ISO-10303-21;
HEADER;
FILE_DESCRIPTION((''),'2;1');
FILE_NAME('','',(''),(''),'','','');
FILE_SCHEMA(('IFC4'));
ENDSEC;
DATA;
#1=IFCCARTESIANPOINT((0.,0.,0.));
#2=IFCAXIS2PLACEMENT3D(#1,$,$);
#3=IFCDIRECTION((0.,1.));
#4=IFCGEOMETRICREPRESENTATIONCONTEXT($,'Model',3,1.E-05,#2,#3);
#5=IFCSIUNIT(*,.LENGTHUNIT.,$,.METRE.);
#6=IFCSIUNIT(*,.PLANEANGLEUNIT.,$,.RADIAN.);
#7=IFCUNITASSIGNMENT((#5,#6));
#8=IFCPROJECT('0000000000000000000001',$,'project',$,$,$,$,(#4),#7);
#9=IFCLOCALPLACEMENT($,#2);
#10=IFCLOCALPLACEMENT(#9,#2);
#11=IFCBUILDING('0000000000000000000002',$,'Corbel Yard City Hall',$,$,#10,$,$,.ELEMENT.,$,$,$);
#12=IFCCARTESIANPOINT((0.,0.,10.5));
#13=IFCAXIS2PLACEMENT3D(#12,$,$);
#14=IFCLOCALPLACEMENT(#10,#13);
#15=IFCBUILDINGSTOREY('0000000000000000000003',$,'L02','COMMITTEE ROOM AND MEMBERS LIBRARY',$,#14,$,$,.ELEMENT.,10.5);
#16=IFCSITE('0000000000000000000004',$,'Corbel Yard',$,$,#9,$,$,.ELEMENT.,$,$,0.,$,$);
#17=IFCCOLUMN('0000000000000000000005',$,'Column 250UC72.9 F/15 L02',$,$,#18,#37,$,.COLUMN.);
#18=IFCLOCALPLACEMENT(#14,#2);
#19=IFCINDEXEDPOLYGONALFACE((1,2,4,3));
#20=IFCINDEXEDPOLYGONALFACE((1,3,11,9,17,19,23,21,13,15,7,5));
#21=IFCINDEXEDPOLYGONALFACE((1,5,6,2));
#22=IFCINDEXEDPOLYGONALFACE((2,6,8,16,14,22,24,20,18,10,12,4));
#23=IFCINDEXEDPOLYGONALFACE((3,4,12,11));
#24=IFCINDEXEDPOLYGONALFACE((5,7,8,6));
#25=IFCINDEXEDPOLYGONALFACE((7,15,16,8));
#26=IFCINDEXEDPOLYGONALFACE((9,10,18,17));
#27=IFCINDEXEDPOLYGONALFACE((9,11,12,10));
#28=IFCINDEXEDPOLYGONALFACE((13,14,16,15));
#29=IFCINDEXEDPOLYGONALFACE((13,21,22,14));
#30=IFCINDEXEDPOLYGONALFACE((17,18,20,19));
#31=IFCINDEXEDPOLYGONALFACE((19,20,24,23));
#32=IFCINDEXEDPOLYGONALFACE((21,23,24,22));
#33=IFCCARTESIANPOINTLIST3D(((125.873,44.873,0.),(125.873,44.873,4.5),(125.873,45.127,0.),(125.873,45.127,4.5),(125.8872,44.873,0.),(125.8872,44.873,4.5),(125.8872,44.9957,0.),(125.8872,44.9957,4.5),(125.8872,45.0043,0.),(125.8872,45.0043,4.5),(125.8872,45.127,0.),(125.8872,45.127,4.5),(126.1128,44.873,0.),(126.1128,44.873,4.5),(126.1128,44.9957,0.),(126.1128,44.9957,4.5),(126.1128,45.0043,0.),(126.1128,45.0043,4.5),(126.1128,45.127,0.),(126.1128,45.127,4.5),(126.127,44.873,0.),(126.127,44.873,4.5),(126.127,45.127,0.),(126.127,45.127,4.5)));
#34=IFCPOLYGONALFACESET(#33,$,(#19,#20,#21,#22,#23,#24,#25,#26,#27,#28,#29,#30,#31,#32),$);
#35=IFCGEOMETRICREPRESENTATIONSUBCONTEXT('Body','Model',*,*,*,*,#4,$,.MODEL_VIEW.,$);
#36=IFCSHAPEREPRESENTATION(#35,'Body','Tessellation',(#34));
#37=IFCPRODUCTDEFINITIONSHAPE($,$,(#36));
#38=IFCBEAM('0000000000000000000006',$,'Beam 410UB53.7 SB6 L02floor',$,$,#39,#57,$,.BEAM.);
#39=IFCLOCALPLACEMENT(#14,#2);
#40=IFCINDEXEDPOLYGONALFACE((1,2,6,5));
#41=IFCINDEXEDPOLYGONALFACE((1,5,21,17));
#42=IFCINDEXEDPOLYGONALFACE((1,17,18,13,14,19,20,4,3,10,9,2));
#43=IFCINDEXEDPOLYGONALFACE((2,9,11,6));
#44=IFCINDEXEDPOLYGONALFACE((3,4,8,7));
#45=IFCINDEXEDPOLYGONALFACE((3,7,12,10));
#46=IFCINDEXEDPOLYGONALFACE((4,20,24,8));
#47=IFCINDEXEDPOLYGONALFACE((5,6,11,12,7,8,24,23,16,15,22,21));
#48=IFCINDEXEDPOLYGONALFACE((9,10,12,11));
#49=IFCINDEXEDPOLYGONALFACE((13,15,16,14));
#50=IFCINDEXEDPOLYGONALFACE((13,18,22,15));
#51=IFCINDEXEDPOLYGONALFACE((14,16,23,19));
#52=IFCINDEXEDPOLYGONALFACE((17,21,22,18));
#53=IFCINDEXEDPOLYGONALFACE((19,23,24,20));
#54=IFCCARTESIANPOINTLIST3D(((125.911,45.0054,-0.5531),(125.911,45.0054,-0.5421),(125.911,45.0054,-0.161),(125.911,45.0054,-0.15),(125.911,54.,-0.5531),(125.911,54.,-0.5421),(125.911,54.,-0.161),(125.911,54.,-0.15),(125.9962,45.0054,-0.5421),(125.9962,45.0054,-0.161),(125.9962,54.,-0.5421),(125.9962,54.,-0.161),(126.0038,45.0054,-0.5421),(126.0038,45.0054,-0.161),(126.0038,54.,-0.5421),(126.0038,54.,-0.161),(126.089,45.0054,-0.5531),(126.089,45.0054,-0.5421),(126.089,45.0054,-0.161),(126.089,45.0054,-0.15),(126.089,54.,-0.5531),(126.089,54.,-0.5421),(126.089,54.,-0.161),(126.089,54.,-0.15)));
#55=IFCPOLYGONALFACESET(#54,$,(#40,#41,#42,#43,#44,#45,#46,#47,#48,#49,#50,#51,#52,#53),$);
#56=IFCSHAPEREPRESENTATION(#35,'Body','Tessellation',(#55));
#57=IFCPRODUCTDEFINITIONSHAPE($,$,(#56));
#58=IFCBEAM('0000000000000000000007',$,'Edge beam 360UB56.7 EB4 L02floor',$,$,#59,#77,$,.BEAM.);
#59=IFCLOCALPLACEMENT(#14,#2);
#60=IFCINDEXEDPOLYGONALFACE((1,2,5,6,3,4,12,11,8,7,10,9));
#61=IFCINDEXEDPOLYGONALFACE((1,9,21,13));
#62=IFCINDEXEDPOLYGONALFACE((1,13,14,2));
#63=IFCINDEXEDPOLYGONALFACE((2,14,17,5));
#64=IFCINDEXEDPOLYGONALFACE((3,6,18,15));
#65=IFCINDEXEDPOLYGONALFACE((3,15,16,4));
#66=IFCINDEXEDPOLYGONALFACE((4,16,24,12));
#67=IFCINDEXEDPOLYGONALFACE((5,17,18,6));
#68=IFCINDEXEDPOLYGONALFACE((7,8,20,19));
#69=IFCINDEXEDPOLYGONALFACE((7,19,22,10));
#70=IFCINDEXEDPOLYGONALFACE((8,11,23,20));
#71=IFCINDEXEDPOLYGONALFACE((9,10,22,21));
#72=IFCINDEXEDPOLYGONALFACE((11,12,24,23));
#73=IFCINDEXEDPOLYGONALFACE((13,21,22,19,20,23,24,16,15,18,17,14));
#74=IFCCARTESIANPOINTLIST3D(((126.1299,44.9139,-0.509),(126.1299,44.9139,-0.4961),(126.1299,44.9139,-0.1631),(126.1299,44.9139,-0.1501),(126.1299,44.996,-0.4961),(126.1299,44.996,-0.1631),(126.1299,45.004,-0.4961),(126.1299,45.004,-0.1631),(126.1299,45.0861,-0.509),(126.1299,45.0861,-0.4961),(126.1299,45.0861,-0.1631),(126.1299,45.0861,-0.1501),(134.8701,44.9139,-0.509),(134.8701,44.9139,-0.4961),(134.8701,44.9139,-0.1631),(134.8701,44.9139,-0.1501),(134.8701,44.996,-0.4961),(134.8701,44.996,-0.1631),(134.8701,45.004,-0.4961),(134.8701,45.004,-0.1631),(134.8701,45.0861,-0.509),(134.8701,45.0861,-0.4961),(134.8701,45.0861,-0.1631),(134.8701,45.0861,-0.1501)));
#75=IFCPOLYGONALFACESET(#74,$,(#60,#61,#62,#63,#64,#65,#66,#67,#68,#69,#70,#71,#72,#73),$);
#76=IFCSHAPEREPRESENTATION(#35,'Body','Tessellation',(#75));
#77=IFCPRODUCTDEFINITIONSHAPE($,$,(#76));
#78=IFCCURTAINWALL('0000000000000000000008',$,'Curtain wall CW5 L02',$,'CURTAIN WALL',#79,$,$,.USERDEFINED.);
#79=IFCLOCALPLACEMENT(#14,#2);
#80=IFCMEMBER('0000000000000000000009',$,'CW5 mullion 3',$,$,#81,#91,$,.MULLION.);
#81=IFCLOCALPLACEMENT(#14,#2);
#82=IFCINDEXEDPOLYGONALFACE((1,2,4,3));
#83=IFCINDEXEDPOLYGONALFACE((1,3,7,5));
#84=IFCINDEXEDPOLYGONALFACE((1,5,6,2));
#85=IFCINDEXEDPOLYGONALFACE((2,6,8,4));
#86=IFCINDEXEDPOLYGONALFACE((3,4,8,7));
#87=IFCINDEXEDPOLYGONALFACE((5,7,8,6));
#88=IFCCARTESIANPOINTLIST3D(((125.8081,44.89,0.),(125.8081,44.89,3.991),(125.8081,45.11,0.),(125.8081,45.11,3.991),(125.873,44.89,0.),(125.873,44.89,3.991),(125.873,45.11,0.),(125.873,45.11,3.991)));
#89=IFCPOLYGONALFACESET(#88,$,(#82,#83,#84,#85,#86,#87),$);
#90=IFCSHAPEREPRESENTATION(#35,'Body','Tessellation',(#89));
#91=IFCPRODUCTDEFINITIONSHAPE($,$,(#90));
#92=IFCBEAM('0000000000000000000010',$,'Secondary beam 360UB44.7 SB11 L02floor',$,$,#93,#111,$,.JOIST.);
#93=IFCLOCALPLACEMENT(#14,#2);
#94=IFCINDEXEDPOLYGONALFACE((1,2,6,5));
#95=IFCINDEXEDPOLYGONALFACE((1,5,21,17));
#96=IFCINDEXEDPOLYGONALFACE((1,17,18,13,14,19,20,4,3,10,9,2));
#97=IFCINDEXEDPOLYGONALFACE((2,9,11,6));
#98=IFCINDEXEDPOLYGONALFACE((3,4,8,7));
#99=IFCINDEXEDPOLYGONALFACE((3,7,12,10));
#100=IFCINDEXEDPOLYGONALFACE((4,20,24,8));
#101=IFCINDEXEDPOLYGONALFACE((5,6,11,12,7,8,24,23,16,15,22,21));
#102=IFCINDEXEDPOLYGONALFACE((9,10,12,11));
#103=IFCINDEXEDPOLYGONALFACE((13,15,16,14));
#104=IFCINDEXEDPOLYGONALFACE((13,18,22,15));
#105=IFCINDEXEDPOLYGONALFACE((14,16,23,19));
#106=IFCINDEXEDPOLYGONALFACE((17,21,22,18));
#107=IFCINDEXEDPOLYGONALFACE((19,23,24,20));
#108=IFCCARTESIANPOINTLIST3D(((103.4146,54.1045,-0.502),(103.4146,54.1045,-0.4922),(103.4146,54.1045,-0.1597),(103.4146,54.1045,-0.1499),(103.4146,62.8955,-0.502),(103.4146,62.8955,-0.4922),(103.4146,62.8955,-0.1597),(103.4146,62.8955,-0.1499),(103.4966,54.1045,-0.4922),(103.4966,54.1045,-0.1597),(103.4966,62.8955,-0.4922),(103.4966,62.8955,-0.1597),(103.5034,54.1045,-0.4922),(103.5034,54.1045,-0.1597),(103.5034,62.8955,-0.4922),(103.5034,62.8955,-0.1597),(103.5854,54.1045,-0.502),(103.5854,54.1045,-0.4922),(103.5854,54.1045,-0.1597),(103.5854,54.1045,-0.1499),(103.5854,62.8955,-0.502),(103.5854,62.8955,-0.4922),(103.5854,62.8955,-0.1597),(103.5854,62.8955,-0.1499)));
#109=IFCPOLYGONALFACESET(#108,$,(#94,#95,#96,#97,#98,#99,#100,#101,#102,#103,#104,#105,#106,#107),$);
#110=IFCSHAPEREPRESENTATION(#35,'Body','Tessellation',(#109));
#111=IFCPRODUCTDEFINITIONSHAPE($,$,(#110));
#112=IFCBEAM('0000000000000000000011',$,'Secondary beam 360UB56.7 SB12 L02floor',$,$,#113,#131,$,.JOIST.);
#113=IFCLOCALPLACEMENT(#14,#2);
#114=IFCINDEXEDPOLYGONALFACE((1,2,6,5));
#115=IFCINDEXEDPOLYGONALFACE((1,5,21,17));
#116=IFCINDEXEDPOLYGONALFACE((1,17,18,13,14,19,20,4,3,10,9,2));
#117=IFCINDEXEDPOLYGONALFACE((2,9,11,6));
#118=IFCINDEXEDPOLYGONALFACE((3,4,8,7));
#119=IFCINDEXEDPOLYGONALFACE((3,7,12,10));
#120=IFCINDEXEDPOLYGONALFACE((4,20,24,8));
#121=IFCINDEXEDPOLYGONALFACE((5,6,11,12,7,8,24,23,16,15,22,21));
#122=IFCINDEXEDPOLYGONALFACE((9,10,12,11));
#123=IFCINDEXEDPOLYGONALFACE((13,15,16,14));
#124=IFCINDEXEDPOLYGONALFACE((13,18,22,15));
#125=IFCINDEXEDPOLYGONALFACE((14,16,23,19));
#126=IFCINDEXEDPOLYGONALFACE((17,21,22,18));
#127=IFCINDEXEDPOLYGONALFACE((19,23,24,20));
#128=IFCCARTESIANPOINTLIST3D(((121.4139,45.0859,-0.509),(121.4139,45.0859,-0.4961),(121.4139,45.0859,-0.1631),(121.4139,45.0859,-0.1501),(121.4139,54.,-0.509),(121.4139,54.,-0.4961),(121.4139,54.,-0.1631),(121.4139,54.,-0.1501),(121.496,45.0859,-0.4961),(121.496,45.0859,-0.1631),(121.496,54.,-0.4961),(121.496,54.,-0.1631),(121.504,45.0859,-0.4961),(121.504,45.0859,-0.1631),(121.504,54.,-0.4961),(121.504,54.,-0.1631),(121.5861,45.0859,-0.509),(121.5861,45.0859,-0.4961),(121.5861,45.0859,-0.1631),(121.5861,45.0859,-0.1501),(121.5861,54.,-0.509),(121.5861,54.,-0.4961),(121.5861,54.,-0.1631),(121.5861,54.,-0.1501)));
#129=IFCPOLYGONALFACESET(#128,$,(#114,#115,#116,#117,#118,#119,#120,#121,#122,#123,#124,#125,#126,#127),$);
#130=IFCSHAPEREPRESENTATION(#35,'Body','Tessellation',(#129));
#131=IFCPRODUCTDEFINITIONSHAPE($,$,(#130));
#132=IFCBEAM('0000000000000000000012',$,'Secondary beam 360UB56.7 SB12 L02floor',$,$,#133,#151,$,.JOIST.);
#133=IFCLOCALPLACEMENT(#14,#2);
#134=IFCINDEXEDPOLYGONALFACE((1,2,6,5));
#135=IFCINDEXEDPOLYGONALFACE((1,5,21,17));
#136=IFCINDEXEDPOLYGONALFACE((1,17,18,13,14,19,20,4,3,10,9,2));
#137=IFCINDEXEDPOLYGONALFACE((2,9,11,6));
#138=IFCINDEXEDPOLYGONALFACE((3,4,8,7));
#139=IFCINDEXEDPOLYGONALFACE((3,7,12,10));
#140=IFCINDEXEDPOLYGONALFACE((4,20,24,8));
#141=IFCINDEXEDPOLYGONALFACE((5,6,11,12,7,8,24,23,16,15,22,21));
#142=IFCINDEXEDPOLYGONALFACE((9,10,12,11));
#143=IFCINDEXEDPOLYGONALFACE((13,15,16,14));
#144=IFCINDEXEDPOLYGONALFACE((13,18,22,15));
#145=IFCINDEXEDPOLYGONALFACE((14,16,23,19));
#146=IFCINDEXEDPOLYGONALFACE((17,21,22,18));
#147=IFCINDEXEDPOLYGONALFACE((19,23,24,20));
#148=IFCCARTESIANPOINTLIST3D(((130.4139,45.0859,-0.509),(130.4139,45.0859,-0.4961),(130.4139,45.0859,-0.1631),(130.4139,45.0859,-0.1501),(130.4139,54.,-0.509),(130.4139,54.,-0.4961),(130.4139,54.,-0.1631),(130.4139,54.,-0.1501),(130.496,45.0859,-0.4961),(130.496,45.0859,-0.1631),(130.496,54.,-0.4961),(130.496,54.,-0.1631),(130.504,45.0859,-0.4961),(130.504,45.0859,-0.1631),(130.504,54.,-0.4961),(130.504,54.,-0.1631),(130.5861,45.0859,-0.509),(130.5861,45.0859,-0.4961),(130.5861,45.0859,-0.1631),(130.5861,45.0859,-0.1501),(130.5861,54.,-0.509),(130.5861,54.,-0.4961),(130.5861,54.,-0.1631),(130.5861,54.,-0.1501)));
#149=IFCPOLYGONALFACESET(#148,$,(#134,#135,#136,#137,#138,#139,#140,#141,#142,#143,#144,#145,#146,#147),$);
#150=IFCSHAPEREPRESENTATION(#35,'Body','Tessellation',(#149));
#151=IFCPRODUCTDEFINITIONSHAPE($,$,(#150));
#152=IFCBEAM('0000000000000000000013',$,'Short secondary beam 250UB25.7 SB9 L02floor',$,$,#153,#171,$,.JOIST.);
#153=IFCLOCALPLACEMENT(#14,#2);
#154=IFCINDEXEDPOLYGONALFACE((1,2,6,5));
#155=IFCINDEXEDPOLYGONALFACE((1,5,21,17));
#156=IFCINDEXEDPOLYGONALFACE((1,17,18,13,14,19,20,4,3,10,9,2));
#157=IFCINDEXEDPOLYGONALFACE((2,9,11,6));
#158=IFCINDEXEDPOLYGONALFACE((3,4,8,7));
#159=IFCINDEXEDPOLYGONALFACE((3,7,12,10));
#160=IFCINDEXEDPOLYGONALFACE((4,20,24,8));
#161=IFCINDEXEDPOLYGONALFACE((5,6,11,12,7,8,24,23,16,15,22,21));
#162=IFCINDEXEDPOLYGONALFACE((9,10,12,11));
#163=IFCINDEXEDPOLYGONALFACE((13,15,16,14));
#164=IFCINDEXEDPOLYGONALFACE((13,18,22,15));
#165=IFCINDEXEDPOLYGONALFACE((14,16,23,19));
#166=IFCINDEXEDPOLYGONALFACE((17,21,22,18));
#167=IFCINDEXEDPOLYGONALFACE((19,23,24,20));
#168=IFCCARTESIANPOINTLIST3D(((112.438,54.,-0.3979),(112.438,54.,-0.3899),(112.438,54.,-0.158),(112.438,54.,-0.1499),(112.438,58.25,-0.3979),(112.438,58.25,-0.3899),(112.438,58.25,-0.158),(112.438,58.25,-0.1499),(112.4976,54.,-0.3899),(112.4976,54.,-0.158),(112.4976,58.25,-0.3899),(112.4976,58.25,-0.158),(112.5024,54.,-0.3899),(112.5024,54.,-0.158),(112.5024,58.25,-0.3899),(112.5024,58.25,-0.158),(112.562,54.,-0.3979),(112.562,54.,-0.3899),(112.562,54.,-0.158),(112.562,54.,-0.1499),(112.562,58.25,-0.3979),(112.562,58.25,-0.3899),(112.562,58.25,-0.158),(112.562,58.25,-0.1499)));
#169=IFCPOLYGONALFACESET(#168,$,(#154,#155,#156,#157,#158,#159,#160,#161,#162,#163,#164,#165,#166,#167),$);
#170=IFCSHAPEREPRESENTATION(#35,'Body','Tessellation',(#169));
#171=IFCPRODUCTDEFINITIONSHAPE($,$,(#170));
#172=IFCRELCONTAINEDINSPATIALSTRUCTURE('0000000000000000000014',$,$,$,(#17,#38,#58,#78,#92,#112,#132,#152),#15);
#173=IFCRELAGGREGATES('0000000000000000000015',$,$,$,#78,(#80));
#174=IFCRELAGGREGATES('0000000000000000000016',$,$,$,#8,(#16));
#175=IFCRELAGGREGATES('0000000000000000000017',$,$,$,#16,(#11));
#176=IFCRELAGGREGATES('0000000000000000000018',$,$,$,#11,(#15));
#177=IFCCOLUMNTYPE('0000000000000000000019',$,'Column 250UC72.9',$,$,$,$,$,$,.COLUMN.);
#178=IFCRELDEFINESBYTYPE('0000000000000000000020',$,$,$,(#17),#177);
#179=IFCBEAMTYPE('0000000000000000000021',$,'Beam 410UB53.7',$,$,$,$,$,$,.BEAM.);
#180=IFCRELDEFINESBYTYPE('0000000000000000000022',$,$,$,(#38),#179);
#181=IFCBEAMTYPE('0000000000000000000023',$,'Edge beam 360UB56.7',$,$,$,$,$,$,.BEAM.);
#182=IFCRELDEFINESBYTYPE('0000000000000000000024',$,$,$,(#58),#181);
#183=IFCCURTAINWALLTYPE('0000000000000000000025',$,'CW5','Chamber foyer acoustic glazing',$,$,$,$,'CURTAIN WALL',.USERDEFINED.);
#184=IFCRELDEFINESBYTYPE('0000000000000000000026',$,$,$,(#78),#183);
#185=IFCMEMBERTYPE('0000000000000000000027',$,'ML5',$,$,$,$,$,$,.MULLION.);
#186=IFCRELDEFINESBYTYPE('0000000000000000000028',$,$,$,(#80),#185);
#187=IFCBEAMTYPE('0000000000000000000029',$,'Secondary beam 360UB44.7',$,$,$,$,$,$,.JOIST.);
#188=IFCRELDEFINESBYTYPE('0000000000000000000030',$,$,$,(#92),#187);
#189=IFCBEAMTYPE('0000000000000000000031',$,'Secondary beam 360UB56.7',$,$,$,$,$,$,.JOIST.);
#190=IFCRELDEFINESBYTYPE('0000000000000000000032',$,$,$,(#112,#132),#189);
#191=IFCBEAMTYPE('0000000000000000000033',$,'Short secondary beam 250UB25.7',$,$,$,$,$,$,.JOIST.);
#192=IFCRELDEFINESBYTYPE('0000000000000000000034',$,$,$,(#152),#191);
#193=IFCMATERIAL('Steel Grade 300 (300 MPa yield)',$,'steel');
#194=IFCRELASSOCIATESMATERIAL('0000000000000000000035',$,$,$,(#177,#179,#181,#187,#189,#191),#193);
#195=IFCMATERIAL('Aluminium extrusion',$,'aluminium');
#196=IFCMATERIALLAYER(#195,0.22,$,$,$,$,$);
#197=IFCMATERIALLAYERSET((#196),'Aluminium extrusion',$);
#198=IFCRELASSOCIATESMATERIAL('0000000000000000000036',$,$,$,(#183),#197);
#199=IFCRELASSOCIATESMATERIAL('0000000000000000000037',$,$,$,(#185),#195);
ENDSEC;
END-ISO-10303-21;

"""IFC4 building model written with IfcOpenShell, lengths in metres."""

from ifc_helpers import new_model, si_unit, direction, frame, origin, origin_2d, place, context, subcontext, project, spatial, rectangle, i_section, extrude, material, layer, layer_set, material_profile, profile_set, type_object, element, aggregate, save


model = new_model("IFC4")

# Units and contexts
model_context = context("Model", 3, precision=1e-05, world=origin(), true_north=direction((0.0, 1.0)))
body_context = subcontext(model_context, "Body", "Model", "MODEL_VIEW")
ifc_project = project(units=[si_unit("LENGTHUNIT", "METRE"), si_unit("PLANEANGLEUNIT", "RADIAN")], contexts=[model_context])

# Site, building, storey
site_placement = place(None, origin())
site = spatial("IfcSite", under=ifc_project, at=site_placement, Name="Corbel Yard", CompositionType="ELEMENT", RefElevation=0.0)
building_placement = place(site_placement, origin())
building = spatial("IfcBuilding", under=site, at=building_placement, Name="Corbel Yard City Hall", CompositionType="ELEMENT")
storey_placement = place(building_placement, frame((0.0, 0.0, 10.5)))
storey = spatial("IfcBuildingStorey", under=building, at=storey_placement, Name="L02", Description="COMMITTEE ROOM AND MEMBERS LIBRARY", CompositionType="ELEMENT", Elevation=10.5)

# Column
ifc_material_1 = material(Name="Steel Grade 300 (300 MPa yield)", Category="steel")
ifc_material_profile_1 = material_profile(ifc_material_1, i_section(OverallWidth=0.2539, OverallDepth=0.2539, WebThickness=0.0085, FlangeThickness=0.0142, at=origin_2d()), Name="250UC72.9")
ifc_profile_set_1 = profile_set([ifc_material_profile_1], Name="Steel Grade 300 (300 MPa yield)")
column_type = type_object("IfcColumnType", Name="Column 250UC72.9", PredefinedType="COLUMN", material=ifc_profile_set_1)
column_placement = place(storey_placement, frame((126.0, 45.0, 0.0), z_axis=(0.0, 0.0, 1.0), x_axis=(0.0, 1.0, 0.0)))
element("IfcColumn", 1, at=column_placement, inside=storey, type_object=column_type, Name="Column 250UC72.9 F/15 L02", PredefinedType="COLUMN", context=body_context, shape_type="SweptSolid", body=[
    extrude(i_section(OverallWidth=0.2539, OverallDepth=0.2539, WebThickness=0.0085, FlangeThickness=0.0142, at=origin_2d()), origin(), (0.0, 0.0, 1.0), 4.5),
])

# Beams
ifc_material_profile_2 = material_profile(ifc_material_1, i_section(OverallWidth=0.178, OverallDepth=0.4031, WebThickness=0.0076, FlangeThickness=0.011, at=origin_2d()), Name="410UB53.7")
ifc_profile_set_2 = profile_set([ifc_material_profile_2], Name="Steel Grade 300 (300 MPa yield)")
beam_type_1 = type_object("IfcBeamType", Name="Beam 410UB53.7", PredefinedType="BEAM", material=ifc_profile_set_2)
beam_1_placement = place(storey_placement, frame((126.0, 45.0054, -0.3516), z_axis=(0.0, 1.0, 0.0), x_axis=(-1.0, 0.0, 0.0)))
element("IfcBeam", 2, at=beam_1_placement, inside=storey, type_object=beam_type_1, Name="Beam 410UB53.7 SB6 L02floor", PredefinedType="BEAM", context=body_context, shape_type="SweptSolid", body=[
    extrude(i_section(OverallWidth=0.178, OverallDepth=0.4031, WebThickness=0.0076, FlangeThickness=0.011, at=origin_2d()), origin(), (0.0, 0.0, 1.0), 8.9946),
])
ifc_material_profile_3 = material_profile(ifc_material_1, i_section(OverallWidth=0.1721, OverallDepth=0.3589, WebThickness=0.0081, FlangeThickness=0.0129, at=origin_2d()), Name="360UB56.7")
ifc_profile_set_3 = profile_set([ifc_material_profile_3], Name="Steel Grade 300 (300 MPa yield)")
beam_type_2 = type_object("IfcBeamType", Name="Edge beam 360UB56.7", PredefinedType="BEAM", material=ifc_profile_set_3)
beam_2_placement = place(storey_placement, frame((126.1299, 45.0, -0.3296), z_axis=(1.0, 0.0, 0.0), x_axis=(0.0, 1.0, 0.0)))
element("IfcBeam", 3, at=beam_2_placement, inside=storey, type_object=beam_type_2, Name="Edge beam 360UB56.7 EB4 L02floor", PredefinedType="BEAM", context=body_context, shape_type="SweptSolid", body=[
    extrude(i_section(OverallWidth=0.1721, OverallDepth=0.3589, WebThickness=0.0081, FlangeThickness=0.0129, at=origin_2d()), origin(), (0.0, 0.0, 1.0), 8.7402),
])

# Curtain wall, member
ifc_material_2 = material(Name="Aluminium extrusion", Category="aluminium")
ifc_layer_1 = layer(ifc_material_2, 0.22)
ifc_layer_set_1 = layer_set([ifc_layer_1], Name="Aluminium extrusion")
curtain_wall_type = type_object("IfcCurtainWallType", Name="CW5", Description="Chamber foyer acoustic glazing", ElementType="CURTAIN WALL", PredefinedType="USERDEFINED", material=ifc_layer_set_1)
curtain_wall_placement = place(storey_placement, origin())
curtain_wall = element("IfcCurtainWall", 4, at=curtain_wall_placement, inside=storey, type_object=curtain_wall_type, Name="Curtain wall CW5 L02", ObjectType="CURTAIN WALL", PredefinedType="USERDEFINED")
ifc_material_profile_4 = material_profile(ifc_material_2, rectangle(XDim=0.22, YDim=0.0649, at=origin_2d()), Name="220x65")
ifc_profile_set_4 = profile_set([ifc_material_profile_4], Name="Aluminium extrusion")
member_type_1 = type_object("IfcMemberType", Name="ML5", PredefinedType="MULLION", material=ifc_profile_set_4)
member_1_placement = place(storey_placement, frame((125.8406, 45.0, 0.0), z_axis=(0.0, 0.0, 1.0), x_axis=(0.0, 1.0, 0.0)))
member_1 = element("IfcMember", 5, at=member_1_placement, type_object=member_type_1, Name="CW5 mullion 3", PredefinedType="MULLION", context=body_context, shape_type="SweptSolid", body=[
    extrude(rectangle(XDim=0.22, YDim=0.0649, at=origin_2d()), origin(), (0.0, 0.0, 1.0), 3.991),
])

# Beams
ifc_material_profile_5 = material_profile(ifc_material_1, i_section(OverallWidth=0.1709, OverallDepth=0.3521, WebThickness=0.0068, FlangeThickness=0.0098, at=origin_2d()), Name="360UB44.7")
ifc_profile_set_5 = profile_set([ifc_material_profile_5], Name="Steel Grade 300 (300 MPa yield)")
beam_type_3 = type_object("IfcBeamType", Name="Secondary beam 360UB44.7", PredefinedType="JOIST", material=ifc_profile_set_5)
beam_3_placement = place(storey_placement, frame((103.5, 54.1045, -0.3259), z_axis=(0.0, 1.0, 0.0), x_axis=(-1.0, 0.0, 0.0)))
element("IfcBeam", 6, at=beam_3_placement, inside=storey, type_object=beam_type_3, Name="Secondary beam 360UB44.7 SB11 L02floor", PredefinedType="JOIST", context=body_context, shape_type="SweptSolid", body=[
    extrude(i_section(OverallWidth=0.1709, OverallDepth=0.3521, WebThickness=0.0068, FlangeThickness=0.0098, at=origin_2d()), origin(), (0.0, 0.0, 1.0), 8.791),
])
ifc_material_profile_6 = material_profile(ifc_material_1, i_section(OverallWidth=0.1721, OverallDepth=0.3589, WebThickness=0.0081, FlangeThickness=0.0129, at=origin_2d()), Name="360UB56.7")
ifc_profile_set_6 = profile_set([ifc_material_profile_6], Name="Steel Grade 300 (300 MPa yield)")
beam_type_4 = type_object("IfcBeamType", Name="Secondary beam 360UB56.7", PredefinedType="JOIST", material=ifc_profile_set_6)
for number, where, z_axis, x_axis, name in (
    (7, (121.5, 45.0859, -0.3296), (0.0, 1.0, 0.0), (-1.0, 0.0, 0.0), "Secondary beam 360UB56.7 SB12 L02floor"),
    (8, (130.5, 45.0859, -0.3296), (0.0, 1.0, 0.0), (-1.0, 0.0, 0.0), "Secondary beam 360UB56.7 SB12 L02floor"),
):
    element("IfcBeam", number, at=place(storey_placement, frame(where, z_axis=z_axis, x_axis=x_axis)), inside=storey, type_object=beam_type_4, Name=name, PredefinedType="JOIST", context=body_context, shape_type="SweptSolid", body=[
        extrude(i_section(OverallWidth=0.1721, OverallDepth=0.3589, WebThickness=0.0081, FlangeThickness=0.0129, at=origin_2d()), origin(), (0.0, 0.0, 1.0), 8.9141),
    ])
ifc_material_profile_7 = material_profile(ifc_material_1, i_section(OverallWidth=0.124, OverallDepth=0.248, WebThickness=0.0049, FlangeThickness=0.0081, at=origin_2d()), Name="250UB25.7")
ifc_profile_set_7 = profile_set([ifc_material_profile_7], Name="Steel Grade 300 (300 MPa yield)")
beam_type_5 = type_object("IfcBeamType", Name="Short secondary beam 250UB25.7", PredefinedType="JOIST", material=ifc_profile_set_7)
beam_4_placement = place(storey_placement, frame((112.5, 54.0, -0.2739), z_axis=(0.0, 1.0, 0.0), x_axis=(-1.0, 0.0, 0.0)))
element("IfcBeam", 9, at=beam_4_placement, inside=storey, type_object=beam_type_5, Name="Short secondary beam 250UB25.7 SB9 L02floor", PredefinedType="JOIST", context=body_context, shape_type="SweptSolid", body=[
    extrude(i_section(OverallWidth=0.124, OverallDepth=0.248, WebThickness=0.0049, FlangeThickness=0.0081, at=origin_2d()), origin(), (0.0, 0.0, 1.0), 4.25),
])

aggregate(curtain_wall, [member_1])

save(model, "model.ifc")
